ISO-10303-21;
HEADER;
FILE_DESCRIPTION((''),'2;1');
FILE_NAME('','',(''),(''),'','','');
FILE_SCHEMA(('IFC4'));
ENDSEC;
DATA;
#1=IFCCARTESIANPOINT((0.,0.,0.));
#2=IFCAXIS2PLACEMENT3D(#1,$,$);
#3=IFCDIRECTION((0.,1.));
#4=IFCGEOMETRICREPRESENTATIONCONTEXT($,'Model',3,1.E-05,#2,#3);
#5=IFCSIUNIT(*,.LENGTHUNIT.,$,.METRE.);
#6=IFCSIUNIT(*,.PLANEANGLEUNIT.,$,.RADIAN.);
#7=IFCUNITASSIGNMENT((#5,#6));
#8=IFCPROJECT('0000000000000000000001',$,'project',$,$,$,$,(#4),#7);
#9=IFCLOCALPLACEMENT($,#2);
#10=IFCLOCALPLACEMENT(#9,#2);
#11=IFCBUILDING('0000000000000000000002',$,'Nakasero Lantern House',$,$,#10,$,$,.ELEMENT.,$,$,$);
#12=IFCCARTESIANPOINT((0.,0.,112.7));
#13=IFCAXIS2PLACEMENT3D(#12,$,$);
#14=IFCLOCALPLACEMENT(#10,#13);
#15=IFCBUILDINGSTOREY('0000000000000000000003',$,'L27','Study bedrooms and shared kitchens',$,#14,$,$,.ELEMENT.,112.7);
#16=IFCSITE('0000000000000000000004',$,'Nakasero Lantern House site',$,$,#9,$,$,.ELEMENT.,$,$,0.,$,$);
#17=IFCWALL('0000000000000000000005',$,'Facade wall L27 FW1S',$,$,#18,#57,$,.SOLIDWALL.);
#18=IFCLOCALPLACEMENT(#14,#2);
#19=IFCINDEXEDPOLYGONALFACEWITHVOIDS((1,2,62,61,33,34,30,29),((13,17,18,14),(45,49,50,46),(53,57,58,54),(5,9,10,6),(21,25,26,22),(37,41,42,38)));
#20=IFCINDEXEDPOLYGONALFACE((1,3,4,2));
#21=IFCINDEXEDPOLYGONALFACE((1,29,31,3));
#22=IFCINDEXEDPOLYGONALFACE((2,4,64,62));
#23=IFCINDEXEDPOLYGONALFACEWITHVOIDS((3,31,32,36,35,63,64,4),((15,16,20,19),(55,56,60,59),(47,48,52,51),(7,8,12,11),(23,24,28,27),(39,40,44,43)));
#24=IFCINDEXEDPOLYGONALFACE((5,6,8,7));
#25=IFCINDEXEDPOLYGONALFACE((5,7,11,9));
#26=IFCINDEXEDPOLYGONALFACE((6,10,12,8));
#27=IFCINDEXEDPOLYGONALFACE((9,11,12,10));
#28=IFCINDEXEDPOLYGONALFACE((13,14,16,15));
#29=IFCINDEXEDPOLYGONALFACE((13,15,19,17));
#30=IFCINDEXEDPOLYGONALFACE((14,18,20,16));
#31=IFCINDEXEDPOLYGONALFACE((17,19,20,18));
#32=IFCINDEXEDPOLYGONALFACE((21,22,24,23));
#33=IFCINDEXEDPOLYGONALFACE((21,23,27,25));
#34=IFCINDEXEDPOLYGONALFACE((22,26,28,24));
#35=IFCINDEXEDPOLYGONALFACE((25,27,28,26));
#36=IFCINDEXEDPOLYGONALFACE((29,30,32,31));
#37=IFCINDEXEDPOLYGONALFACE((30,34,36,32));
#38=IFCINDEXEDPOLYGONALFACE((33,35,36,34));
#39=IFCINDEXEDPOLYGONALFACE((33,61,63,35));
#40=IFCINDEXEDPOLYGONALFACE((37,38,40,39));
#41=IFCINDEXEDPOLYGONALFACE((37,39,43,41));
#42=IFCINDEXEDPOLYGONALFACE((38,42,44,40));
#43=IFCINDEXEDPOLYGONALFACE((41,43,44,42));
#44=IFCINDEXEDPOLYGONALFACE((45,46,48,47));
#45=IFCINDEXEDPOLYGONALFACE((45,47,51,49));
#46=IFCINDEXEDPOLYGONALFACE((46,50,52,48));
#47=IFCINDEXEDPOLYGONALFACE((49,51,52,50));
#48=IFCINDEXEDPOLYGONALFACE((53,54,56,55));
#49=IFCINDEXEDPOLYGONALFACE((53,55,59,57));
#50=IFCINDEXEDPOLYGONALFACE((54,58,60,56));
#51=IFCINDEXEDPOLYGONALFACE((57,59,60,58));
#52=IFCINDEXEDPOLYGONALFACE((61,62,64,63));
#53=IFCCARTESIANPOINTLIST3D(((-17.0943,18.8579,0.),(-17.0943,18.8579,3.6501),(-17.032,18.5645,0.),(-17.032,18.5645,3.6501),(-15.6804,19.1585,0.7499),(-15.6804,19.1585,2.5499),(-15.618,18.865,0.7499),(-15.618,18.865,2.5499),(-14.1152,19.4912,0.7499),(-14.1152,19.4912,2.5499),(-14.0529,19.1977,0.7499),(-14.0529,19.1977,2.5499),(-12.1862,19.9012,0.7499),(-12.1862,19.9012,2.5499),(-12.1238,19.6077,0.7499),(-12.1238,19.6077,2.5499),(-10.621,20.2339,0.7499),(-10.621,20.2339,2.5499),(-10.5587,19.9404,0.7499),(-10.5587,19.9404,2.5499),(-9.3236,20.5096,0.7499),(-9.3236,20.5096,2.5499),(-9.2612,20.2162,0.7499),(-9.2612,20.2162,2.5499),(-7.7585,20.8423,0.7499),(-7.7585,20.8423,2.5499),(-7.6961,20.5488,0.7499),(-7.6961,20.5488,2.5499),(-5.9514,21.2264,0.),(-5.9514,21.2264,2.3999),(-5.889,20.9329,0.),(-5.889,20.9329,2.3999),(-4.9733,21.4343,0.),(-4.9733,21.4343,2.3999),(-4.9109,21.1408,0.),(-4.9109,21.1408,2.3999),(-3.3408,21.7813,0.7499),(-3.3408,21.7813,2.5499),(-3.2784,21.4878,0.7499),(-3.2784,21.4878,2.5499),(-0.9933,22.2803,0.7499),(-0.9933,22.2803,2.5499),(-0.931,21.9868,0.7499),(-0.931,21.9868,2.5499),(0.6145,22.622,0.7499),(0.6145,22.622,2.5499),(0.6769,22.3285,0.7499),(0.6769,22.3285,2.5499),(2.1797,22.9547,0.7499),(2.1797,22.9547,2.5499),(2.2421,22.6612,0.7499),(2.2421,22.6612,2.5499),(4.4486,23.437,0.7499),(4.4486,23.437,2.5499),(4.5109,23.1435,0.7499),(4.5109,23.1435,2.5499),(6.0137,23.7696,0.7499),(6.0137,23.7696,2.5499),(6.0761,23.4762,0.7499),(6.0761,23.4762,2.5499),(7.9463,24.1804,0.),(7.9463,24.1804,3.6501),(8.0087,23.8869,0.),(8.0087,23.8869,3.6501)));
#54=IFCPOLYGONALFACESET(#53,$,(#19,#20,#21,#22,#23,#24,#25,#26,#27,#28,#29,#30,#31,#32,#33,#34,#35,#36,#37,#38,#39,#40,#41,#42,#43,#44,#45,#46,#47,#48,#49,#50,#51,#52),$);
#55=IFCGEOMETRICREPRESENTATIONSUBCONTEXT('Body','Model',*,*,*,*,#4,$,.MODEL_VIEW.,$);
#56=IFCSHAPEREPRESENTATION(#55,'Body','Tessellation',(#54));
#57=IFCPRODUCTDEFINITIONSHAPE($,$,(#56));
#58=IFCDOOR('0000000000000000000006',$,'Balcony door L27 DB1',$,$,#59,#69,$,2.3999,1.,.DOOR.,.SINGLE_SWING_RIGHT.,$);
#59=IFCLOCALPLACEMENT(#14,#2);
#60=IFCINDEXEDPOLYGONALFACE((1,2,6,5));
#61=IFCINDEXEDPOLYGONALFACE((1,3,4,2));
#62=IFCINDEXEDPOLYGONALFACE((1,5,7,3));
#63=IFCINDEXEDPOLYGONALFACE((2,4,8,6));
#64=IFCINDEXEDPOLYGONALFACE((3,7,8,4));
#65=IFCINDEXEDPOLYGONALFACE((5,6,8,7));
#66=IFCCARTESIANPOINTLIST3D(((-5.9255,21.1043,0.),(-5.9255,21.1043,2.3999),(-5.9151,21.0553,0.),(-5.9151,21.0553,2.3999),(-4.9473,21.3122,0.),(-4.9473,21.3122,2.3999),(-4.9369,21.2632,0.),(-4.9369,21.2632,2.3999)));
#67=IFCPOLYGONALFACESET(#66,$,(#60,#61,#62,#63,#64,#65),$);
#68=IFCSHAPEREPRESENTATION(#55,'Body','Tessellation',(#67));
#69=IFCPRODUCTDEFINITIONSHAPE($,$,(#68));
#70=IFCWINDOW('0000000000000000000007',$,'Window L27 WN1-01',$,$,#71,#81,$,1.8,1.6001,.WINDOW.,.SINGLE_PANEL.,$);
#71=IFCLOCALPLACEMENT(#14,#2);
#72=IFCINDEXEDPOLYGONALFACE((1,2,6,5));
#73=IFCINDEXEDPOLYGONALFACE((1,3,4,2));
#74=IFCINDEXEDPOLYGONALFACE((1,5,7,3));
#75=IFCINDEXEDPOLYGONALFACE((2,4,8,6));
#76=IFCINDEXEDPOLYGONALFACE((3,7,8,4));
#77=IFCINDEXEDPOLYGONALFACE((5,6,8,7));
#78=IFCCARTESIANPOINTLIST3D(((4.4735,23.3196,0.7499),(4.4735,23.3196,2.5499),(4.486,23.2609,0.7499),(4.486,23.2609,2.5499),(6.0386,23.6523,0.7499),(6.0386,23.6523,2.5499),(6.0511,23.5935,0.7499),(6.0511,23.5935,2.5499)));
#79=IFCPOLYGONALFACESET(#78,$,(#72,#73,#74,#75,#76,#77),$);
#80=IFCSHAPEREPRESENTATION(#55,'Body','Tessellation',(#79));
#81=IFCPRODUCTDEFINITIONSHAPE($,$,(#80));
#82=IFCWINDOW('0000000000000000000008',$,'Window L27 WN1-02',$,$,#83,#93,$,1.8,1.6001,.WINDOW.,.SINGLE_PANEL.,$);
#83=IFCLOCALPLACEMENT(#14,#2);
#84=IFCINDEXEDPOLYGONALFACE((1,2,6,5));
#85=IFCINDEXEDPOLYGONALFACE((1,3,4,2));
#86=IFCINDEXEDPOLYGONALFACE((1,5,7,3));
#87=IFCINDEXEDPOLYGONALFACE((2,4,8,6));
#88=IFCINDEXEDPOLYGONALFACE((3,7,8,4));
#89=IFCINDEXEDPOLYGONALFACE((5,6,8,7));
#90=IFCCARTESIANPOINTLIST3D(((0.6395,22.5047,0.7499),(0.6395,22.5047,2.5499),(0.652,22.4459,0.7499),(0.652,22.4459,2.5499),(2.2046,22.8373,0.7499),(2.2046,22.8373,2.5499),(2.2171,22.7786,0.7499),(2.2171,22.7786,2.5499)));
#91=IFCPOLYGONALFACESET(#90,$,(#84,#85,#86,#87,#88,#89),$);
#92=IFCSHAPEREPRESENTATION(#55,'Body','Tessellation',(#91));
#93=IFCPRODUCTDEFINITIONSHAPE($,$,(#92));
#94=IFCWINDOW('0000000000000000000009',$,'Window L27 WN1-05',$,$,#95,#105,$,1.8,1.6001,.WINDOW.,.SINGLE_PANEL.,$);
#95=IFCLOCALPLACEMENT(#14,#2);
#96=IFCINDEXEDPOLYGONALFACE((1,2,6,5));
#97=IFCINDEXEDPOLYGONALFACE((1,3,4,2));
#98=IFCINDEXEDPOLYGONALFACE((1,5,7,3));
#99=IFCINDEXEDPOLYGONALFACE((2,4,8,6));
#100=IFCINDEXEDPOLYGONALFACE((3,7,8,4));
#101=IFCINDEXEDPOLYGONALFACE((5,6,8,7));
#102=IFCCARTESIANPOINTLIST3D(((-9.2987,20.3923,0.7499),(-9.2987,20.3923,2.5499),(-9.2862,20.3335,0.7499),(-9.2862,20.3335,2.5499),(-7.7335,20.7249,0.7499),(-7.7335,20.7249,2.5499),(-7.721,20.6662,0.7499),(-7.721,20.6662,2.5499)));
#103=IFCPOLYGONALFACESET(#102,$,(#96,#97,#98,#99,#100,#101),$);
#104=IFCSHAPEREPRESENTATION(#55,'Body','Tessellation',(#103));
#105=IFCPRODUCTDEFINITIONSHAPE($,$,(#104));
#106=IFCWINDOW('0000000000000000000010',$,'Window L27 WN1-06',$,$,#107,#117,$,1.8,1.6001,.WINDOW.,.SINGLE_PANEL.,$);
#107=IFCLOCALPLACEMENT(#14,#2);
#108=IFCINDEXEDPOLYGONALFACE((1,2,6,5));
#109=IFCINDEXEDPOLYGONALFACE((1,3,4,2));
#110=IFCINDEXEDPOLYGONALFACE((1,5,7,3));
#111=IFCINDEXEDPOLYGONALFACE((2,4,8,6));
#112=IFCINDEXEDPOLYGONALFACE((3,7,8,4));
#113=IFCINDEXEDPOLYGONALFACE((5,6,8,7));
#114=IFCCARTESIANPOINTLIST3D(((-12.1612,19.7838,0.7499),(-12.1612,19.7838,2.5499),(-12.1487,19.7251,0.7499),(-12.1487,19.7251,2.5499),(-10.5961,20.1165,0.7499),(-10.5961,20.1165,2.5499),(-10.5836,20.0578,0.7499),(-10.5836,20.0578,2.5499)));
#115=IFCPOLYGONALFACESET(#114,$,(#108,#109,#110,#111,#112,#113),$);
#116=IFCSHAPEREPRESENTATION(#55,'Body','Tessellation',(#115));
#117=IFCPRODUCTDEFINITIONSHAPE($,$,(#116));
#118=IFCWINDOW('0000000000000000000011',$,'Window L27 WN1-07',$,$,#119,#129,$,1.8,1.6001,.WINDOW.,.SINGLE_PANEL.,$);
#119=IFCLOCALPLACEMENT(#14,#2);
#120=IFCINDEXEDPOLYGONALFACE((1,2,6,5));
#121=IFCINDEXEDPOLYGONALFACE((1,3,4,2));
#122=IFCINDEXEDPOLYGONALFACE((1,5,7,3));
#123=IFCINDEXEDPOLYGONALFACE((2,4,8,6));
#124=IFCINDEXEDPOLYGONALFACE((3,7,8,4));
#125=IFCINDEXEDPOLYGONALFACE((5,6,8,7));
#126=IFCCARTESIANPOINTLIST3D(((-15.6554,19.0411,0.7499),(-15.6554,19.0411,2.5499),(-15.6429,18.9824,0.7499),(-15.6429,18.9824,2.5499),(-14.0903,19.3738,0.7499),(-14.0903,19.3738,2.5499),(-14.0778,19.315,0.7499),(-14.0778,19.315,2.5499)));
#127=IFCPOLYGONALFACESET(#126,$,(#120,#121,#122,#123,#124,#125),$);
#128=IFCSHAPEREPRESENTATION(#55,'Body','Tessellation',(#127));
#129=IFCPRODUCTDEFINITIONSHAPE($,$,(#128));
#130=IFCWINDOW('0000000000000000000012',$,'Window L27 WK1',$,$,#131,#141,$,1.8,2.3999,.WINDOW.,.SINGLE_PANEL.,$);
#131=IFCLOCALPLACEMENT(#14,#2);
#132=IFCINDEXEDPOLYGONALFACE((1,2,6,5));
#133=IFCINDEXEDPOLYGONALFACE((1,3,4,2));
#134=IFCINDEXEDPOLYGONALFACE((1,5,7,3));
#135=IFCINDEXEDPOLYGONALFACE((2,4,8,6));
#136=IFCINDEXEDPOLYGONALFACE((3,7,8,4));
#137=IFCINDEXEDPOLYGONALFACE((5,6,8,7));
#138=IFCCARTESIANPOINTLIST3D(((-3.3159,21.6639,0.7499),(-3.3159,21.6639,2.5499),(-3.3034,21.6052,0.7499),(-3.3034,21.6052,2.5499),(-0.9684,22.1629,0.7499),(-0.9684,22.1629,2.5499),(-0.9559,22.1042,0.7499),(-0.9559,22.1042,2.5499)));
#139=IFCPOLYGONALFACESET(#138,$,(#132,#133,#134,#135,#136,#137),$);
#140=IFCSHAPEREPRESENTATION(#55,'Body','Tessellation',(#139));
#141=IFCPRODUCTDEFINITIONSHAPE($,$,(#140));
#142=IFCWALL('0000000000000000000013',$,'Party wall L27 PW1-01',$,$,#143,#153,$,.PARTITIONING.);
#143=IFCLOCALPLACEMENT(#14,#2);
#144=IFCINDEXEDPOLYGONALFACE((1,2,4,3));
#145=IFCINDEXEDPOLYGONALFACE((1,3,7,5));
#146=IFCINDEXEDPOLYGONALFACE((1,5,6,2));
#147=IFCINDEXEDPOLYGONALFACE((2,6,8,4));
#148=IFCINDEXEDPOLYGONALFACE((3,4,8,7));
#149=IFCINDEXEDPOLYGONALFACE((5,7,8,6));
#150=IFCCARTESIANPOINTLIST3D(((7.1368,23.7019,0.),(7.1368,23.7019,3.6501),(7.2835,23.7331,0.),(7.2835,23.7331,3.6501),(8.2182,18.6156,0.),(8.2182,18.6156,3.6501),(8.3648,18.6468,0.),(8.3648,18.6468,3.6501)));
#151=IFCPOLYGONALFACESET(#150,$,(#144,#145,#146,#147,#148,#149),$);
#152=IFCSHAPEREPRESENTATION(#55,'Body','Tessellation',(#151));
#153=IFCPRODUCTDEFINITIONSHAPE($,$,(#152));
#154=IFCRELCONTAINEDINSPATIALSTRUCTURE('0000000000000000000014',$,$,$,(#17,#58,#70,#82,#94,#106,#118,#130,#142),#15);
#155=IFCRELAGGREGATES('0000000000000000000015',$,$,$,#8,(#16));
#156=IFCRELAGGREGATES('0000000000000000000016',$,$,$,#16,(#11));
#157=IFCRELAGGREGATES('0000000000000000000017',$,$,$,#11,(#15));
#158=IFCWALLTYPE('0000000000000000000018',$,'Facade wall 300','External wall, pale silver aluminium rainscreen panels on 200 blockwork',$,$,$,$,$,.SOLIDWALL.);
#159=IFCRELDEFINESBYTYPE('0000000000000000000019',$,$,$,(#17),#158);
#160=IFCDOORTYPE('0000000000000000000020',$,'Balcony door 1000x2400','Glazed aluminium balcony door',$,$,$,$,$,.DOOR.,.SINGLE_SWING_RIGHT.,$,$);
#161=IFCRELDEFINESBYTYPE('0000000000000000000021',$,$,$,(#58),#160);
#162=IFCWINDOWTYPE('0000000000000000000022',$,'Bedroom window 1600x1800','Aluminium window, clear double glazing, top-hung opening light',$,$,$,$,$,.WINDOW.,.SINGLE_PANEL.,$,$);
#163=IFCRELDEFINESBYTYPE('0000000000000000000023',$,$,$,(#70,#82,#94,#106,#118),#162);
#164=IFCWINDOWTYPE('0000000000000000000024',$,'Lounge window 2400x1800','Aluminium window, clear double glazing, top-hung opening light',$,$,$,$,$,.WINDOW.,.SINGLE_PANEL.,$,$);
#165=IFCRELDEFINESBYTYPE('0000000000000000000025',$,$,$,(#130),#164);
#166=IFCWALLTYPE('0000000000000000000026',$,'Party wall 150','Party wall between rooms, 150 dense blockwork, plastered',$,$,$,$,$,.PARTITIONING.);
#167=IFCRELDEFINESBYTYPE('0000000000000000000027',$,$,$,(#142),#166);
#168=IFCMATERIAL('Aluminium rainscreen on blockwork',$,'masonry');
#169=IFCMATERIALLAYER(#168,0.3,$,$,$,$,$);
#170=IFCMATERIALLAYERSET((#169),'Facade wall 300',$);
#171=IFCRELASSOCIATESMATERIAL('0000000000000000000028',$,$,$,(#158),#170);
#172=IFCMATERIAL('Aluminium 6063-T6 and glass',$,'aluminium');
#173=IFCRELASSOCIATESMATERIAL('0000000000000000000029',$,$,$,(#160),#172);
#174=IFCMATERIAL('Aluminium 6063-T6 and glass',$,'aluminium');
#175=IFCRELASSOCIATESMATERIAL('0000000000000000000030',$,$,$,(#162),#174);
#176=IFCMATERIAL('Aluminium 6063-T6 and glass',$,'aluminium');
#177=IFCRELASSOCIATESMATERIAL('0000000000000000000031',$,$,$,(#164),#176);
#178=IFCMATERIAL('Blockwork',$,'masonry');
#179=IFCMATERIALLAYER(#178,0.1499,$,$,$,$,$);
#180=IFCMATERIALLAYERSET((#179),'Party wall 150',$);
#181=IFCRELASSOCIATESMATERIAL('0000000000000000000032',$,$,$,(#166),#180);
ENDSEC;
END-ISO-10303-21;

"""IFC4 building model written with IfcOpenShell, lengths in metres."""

from ifc_helpers import new_model, si_unit, direction, frame, frame_2d, origin, place, context, subcontext, project, spatial, rectangle, extrude, material, layer, layer_set, type_object, element, fill, save


model = new_model("IFC4")

# Units and contexts
model_context = context("Model", 3, precision=1e-05, world=origin(), true_north=direction((0.0, 1.0)))
body_context = subcontext(model_context, "Body", "Model", "MODEL_VIEW")
ifc_project = project(units=[si_unit("LENGTHUNIT", "METRE"), si_unit("PLANEANGLEUNIT", "RADIAN")], contexts=[model_context])

# Site, building, storey
site_placement = place(None, origin())
site = spatial("IfcSite", under=ifc_project, at=site_placement, Name="Nakasero Lantern House site", CompositionType="ELEMENT", RefElevation=0.0)
building_placement = place(site_placement, origin())
building = spatial("IfcBuilding", under=site, at=building_placement, Name="Nakasero Lantern House", CompositionType="ELEMENT")
storey_placement = place(building_placement, frame((0.0, 0.0, 112.7)))
storey = spatial("IfcBuildingStorey", under=building, at=storey_placement, Name="L27", Description="Study bedrooms and shared kitchens", CompositionType="ELEMENT", Elevation=112.7)

# Wall, openings, door, windows
ifc_material_1 = material(Name="Aluminium rainscreen on blockwork", Category="masonry")
ifc_layer_1 = layer(ifc_material_1, 0.3)
ifc_layer_set_1 = layer_set([ifc_layer_1], Name="Facade wall 300")
wall_type_1 = type_object("IfcWallType", Name="Facade wall 300", Description="External wall, pale silver aluminium rainscreen panels on 200 blockwork", PredefinedType="SOLIDWALL", material=ifc_layer_set_1)
wall_1_placement = place(storey_placement, frame((7.9775, 24.0337, 0.0), z_axis=(0.0, 0.0, 1.0), x_axis=(-0.978148, -0.207909, 0.0)))
wall_1 = element("IfcWall", 1, at=wall_1_placement, inside=storey, type_object=wall_type_1, Name="Facade wall L27 FW1S", PredefinedType="SOLIDWALL", context=body_context, shape_type="SweptSolid", body=[
    extrude(rectangle(XDim=25.6001, YDim=0.3, at=frame_2d((12.8, 0.0))), origin(), (0.0, 0.0, 1.0), 3.6501),
])
opening_1_placement = place(wall_1_placement, frame((1.9758, 0.0, 0.75)))
opening_1 = element("IfcOpeningElement", 2, at=opening_1_placement, cuts=wall_1, PredefinedType="OPENING", context=body_context, shape_type="SweptSolid", body=[
    extrude(rectangle(XDim=1.6001, YDim=1.8, at=frame_2d((0.8, 0.8999))), frame((0.0, 0.1699, 0.0), z_axis=(0.0, -1.0, 0.0), x_axis=(1.0, 0.0, 0.0)), (0.0, 0.0, 1.0), 0.3401),
])
opening_2_placement = place(wall_1_placement, frame((5.8955, 0.0, 0.75)))
opening_2 = element("IfcOpeningElement", 3, at=opening_2_placement, cuts=wall_1, PredefinedType="OPENING", context=body_context, shape_type="SweptSolid", body=[
    extrude(rectangle(XDim=1.6001, YDim=1.8, at=frame_2d((0.8, 0.8999))), frame((0.0, 0.1699, 0.0), z_axis=(0.0, -1.0, 0.0), x_axis=(1.0, 0.0, 0.0)), (0.0, 0.0, 1.0), 0.3401),
])
opening_3_placement = place(wall_1_placement, frame((16.0557, 0.0, 0.75)))
opening_3 = element("IfcOpeningElement", 4, at=opening_3_placement, cuts=wall_1, PredefinedType="OPENING", context=body_context, shape_type="SweptSolid", body=[
    extrude(rectangle(XDim=1.6001, YDim=1.8, at=frame_2d((0.8, 0.8999))), frame((0.0, 0.1699, 0.0), z_axis=(0.0, -1.0, 0.0), x_axis=(1.0, 0.0, 0.0)), (0.0, 0.0, 1.0), 0.3401),
])
opening_4_placement = place(wall_1_placement, frame((18.9822, 0.0, 0.75)))
opening_4 = element("IfcOpeningElement", 5, at=opening_4_placement, cuts=wall_1, PredefinedType="OPENING", context=body_context, shape_type="SweptSolid", body=[
    extrude(rectangle(XDim=1.6001, YDim=1.8, at=frame_2d((0.8, 0.8999))), frame((0.0, 0.1699, 0.0), z_axis=(0.0, -1.0, 0.0), x_axis=(1.0, 0.0, 0.0)), (0.0, 0.0, 1.0), 0.3401),
])
opening_5_placement = place(wall_1_placement, frame((22.5544, 0.0, 0.75)))
opening_5 = element("IfcOpeningElement", 6, at=opening_5_placement, cuts=wall_1, PredefinedType="OPENING", context=body_context, shape_type="SweptSolid", body=[
    extrude(rectangle(XDim=1.6001, YDim=1.8, at=frame_2d((0.8, 0.8999))), frame((0.0, 0.1699, 0.0), z_axis=(0.0, -1.0, 0.0), x_axis=(1.0, 0.0, 0.0)), (0.0, 0.0, 1.0), 0.3401),
])
opening_6_placement = place(wall_1_placement, frame((9.1394, 0.0, 0.75)))
opening_6 = element("IfcOpeningElement", 7, at=opening_6_placement, cuts=wall_1, PredefinedType="OPENING", context=body_context, shape_type="SweptSolid", body=[
    extrude(rectangle(XDim=2.3999, YDim=1.8, at=frame_2d((1.2, 0.8999))), frame((0.0, 0.1699, 0.0), z_axis=(0.0, -1.0, 0.0), x_axis=(1.0, 0.0, 0.0)), (0.0, 0.0, 1.0), 0.3401),
])
opening_7_placement = place(wall_1_placement, frame((13.2083, 0.0, 0.0)))
opening_7 = element("IfcOpeningElement", 8, at=opening_7_placement, cuts=wall_1, PredefinedType="OPENING", context=body_context, shape_type="SweptSolid", body=[
    extrude(rectangle(XDim=1.0, YDim=2.3999, at=frame_2d((0.5, 1.2))), frame((0.0, 0.1699, 0.0), z_axis=(0.0, -1.0, 0.0), x_axis=(1.0, 0.0, 0.0)), (0.0, 0.0, 1.0), 0.3401),
])
ifc_material_2 = material(Name="Aluminium 6063-T6 and glass", Category="aluminium")
door_type_1 = type_object("IfcDoorType", Name="Balcony door 1000x2400", Description="Glazed aluminium balcony door", OperationType="SINGLE_SWING_RIGHT", PredefinedType="DOOR", material=ifc_material_2)
door_1_placement = place(opening_7_placement, origin())
door_1 = element("IfcDoor", 9, at=door_1_placement, inside=storey, type_object=door_type_1, Name="Balcony door L27 DB1", OperationType="SINGLE_SWING_RIGHT", OverallHeight=2.3999, OverallWidth=1.0, PredefinedType="DOOR", context=body_context, shape_type="SweptSolid", body=[
    extrude(rectangle(XDim=1.0, YDim=2.3999, at=frame_2d((0.5, 1.2))), frame((0.0, 0.0249, 0.0), z_axis=(0.0, -1.0, 0.0), x_axis=(1.0, 0.0, 0.0)), (0.0, 0.0, 1.0), 0.05),
])
fill(opening_7, door_1)
ifc_material_3 = material(Name="Aluminium 6063-T6 and glass", Category="aluminium")
window_type_1 = type_object("IfcWindowType", Name="Bedroom window 1600x1800", Description="Aluminium window, clear double glazing, top-hung opening light", PartitioningType="SINGLE_PANEL", PredefinedType="WINDOW", material=ifc_material_3)
window_1_placement = place(opening_1_placement, origin())
window_1 = element("IfcWindow", 10, at=window_1_placement, inside=storey, type_object=window_type_1, Name="Window L27 WN1-01", OverallHeight=1.8, OverallWidth=1.6001, PartitioningType="SINGLE_PANEL", PredefinedType="WINDOW", context=body_context, shape_type="SweptSolid", body=[
    extrude(rectangle(XDim=1.6001, YDim=1.8, at=frame_2d((0.8, 0.8999))), frame((0.0, 0.03, 0.0), z_axis=(0.0, -1.0, 0.0), x_axis=(1.0, 0.0, 0.0)), (0.0, 0.0, 1.0), 0.0601),
])
fill(opening_1, window_1)
window_2_placement = place(opening_2_placement, origin())
window_2 = element("IfcWindow", 11, at=window_2_placement, inside=storey, type_object=window_type_1, Name="Window L27 WN1-02", OverallHeight=1.8, OverallWidth=1.6001, PartitioningType="SINGLE_PANEL", PredefinedType="WINDOW", context=body_context, shape_type="SweptSolid", body=[
    extrude(rectangle(XDim=1.6001, YDim=1.8, at=frame_2d((0.8, 0.8999))), frame((0.0, 0.03, 0.0), z_axis=(0.0, -1.0, 0.0), x_axis=(1.0, 0.0, 0.0)), (0.0, 0.0, 1.0), 0.0601),
])
fill(opening_2, window_2)
window_3_placement = place(opening_3_placement, origin())
window_3 = element("IfcWindow", 12, at=window_3_placement, inside=storey, type_object=window_type_1, Name="Window L27 WN1-05", OverallHeight=1.8, OverallWidth=1.6001, PartitioningType="SINGLE_PANEL", PredefinedType="WINDOW", context=body_context, shape_type="SweptSolid", body=[
    extrude(rectangle(XDim=1.6001, YDim=1.8, at=frame_2d((0.8, 0.8999))), frame((0.0, 0.03, 0.0), z_axis=(0.0, -1.0, 0.0), x_axis=(1.0, 0.0, 0.0)), (0.0, 0.0, 1.0), 0.0601),
])
fill(opening_3, window_3)
window_4_placement = place(opening_4_placement, origin())
window_4 = element("IfcWindow", 13, at=window_4_placement, inside=storey, type_object=window_type_1, Name="Window L27 WN1-06", OverallHeight=1.8, OverallWidth=1.6001, PartitioningType="SINGLE_PANEL", PredefinedType="WINDOW", context=body_context, shape_type="SweptSolid", body=[
    extrude(rectangle(XDim=1.6001, YDim=1.8, at=frame_2d((0.8, 0.8999))), frame((0.0, 0.03, 0.0), z_axis=(0.0, -1.0, 0.0), x_axis=(1.0, 0.0, 0.0)), (0.0, 0.0, 1.0), 0.0601),
])
fill(opening_4, window_4)
window_5_placement = place(opening_5_placement, origin())
window_5 = element("IfcWindow", 14, at=window_5_placement, inside=storey, type_object=window_type_1, Name="Window L27 WN1-07", OverallHeight=1.8, OverallWidth=1.6001, PartitioningType="SINGLE_PANEL", PredefinedType="WINDOW", context=body_context, shape_type="SweptSolid", body=[
    extrude(rectangle(XDim=1.6001, YDim=1.8, at=frame_2d((0.8, 0.8999))), frame((0.0, 0.03, 0.0), z_axis=(0.0, -1.0, 0.0), x_axis=(1.0, 0.0, 0.0)), (0.0, 0.0, 1.0), 0.0601),
])
fill(opening_5, window_5)
ifc_material_4 = material(Name="Aluminium 6063-T6 and glass", Category="aluminium")
window_type_2 = type_object("IfcWindowType", Name="Lounge window 2400x1800", Description="Aluminium window, clear double glazing, top-hung opening light", PartitioningType="SINGLE_PANEL", PredefinedType="WINDOW", material=ifc_material_4)
window_6_placement = place(opening_6_placement, origin())
window_6 = element("IfcWindow", 15, at=window_6_placement, inside=storey, type_object=window_type_2, Name="Window L27 WK1", OverallHeight=1.8, OverallWidth=2.3999, PartitioningType="SINGLE_PANEL", PredefinedType="WINDOW", context=body_context, shape_type="SweptSolid", body=[
    extrude(rectangle(XDim=2.3999, YDim=1.8, at=frame_2d((1.2, 0.8999))), frame((0.0, 0.03, 0.0), z_axis=(0.0, -1.0, 0.0), x_axis=(1.0, 0.0, 0.0)), (0.0, 0.0, 1.0), 0.0601),
])
fill(opening_6, window_6)

# Wall
ifc_material_5 = material(Name="Blockwork", Category="masonry")
ifc_layer_2 = layer(ifc_material_5, 0.1499)
ifc_layer_set_2 = layer_set([ifc_layer_2], Name="Party wall 150")
wall_type_2 = type_object("IfcWallType", Name="Party wall 150", Description="Party wall between rooms, 150 dense blockwork, plastered", PredefinedType="PARTITIONING", material=ifc_layer_set_2)
wall_2_placement = place(storey_placement, frame((8.2915, 18.6311, 0.0), z_axis=(0.0, 0.0, 1.0), x_axis=(-0.207948, 0.97814, 0.0)))
element("IfcWall", 16, at=wall_2_placement, inside=storey, type_object=wall_type_2, Name="Party wall L27 PW1-01", PredefinedType="PARTITIONING", context=body_context, shape_type="SweptSolid", body=[
    extrude(rectangle(XDim=5.2, YDim=0.1499, at=frame_2d((2.6001, 0.0))), origin(), (0.0, 0.0, 1.0), 3.6501),
])

save(model, "model.ifc")
